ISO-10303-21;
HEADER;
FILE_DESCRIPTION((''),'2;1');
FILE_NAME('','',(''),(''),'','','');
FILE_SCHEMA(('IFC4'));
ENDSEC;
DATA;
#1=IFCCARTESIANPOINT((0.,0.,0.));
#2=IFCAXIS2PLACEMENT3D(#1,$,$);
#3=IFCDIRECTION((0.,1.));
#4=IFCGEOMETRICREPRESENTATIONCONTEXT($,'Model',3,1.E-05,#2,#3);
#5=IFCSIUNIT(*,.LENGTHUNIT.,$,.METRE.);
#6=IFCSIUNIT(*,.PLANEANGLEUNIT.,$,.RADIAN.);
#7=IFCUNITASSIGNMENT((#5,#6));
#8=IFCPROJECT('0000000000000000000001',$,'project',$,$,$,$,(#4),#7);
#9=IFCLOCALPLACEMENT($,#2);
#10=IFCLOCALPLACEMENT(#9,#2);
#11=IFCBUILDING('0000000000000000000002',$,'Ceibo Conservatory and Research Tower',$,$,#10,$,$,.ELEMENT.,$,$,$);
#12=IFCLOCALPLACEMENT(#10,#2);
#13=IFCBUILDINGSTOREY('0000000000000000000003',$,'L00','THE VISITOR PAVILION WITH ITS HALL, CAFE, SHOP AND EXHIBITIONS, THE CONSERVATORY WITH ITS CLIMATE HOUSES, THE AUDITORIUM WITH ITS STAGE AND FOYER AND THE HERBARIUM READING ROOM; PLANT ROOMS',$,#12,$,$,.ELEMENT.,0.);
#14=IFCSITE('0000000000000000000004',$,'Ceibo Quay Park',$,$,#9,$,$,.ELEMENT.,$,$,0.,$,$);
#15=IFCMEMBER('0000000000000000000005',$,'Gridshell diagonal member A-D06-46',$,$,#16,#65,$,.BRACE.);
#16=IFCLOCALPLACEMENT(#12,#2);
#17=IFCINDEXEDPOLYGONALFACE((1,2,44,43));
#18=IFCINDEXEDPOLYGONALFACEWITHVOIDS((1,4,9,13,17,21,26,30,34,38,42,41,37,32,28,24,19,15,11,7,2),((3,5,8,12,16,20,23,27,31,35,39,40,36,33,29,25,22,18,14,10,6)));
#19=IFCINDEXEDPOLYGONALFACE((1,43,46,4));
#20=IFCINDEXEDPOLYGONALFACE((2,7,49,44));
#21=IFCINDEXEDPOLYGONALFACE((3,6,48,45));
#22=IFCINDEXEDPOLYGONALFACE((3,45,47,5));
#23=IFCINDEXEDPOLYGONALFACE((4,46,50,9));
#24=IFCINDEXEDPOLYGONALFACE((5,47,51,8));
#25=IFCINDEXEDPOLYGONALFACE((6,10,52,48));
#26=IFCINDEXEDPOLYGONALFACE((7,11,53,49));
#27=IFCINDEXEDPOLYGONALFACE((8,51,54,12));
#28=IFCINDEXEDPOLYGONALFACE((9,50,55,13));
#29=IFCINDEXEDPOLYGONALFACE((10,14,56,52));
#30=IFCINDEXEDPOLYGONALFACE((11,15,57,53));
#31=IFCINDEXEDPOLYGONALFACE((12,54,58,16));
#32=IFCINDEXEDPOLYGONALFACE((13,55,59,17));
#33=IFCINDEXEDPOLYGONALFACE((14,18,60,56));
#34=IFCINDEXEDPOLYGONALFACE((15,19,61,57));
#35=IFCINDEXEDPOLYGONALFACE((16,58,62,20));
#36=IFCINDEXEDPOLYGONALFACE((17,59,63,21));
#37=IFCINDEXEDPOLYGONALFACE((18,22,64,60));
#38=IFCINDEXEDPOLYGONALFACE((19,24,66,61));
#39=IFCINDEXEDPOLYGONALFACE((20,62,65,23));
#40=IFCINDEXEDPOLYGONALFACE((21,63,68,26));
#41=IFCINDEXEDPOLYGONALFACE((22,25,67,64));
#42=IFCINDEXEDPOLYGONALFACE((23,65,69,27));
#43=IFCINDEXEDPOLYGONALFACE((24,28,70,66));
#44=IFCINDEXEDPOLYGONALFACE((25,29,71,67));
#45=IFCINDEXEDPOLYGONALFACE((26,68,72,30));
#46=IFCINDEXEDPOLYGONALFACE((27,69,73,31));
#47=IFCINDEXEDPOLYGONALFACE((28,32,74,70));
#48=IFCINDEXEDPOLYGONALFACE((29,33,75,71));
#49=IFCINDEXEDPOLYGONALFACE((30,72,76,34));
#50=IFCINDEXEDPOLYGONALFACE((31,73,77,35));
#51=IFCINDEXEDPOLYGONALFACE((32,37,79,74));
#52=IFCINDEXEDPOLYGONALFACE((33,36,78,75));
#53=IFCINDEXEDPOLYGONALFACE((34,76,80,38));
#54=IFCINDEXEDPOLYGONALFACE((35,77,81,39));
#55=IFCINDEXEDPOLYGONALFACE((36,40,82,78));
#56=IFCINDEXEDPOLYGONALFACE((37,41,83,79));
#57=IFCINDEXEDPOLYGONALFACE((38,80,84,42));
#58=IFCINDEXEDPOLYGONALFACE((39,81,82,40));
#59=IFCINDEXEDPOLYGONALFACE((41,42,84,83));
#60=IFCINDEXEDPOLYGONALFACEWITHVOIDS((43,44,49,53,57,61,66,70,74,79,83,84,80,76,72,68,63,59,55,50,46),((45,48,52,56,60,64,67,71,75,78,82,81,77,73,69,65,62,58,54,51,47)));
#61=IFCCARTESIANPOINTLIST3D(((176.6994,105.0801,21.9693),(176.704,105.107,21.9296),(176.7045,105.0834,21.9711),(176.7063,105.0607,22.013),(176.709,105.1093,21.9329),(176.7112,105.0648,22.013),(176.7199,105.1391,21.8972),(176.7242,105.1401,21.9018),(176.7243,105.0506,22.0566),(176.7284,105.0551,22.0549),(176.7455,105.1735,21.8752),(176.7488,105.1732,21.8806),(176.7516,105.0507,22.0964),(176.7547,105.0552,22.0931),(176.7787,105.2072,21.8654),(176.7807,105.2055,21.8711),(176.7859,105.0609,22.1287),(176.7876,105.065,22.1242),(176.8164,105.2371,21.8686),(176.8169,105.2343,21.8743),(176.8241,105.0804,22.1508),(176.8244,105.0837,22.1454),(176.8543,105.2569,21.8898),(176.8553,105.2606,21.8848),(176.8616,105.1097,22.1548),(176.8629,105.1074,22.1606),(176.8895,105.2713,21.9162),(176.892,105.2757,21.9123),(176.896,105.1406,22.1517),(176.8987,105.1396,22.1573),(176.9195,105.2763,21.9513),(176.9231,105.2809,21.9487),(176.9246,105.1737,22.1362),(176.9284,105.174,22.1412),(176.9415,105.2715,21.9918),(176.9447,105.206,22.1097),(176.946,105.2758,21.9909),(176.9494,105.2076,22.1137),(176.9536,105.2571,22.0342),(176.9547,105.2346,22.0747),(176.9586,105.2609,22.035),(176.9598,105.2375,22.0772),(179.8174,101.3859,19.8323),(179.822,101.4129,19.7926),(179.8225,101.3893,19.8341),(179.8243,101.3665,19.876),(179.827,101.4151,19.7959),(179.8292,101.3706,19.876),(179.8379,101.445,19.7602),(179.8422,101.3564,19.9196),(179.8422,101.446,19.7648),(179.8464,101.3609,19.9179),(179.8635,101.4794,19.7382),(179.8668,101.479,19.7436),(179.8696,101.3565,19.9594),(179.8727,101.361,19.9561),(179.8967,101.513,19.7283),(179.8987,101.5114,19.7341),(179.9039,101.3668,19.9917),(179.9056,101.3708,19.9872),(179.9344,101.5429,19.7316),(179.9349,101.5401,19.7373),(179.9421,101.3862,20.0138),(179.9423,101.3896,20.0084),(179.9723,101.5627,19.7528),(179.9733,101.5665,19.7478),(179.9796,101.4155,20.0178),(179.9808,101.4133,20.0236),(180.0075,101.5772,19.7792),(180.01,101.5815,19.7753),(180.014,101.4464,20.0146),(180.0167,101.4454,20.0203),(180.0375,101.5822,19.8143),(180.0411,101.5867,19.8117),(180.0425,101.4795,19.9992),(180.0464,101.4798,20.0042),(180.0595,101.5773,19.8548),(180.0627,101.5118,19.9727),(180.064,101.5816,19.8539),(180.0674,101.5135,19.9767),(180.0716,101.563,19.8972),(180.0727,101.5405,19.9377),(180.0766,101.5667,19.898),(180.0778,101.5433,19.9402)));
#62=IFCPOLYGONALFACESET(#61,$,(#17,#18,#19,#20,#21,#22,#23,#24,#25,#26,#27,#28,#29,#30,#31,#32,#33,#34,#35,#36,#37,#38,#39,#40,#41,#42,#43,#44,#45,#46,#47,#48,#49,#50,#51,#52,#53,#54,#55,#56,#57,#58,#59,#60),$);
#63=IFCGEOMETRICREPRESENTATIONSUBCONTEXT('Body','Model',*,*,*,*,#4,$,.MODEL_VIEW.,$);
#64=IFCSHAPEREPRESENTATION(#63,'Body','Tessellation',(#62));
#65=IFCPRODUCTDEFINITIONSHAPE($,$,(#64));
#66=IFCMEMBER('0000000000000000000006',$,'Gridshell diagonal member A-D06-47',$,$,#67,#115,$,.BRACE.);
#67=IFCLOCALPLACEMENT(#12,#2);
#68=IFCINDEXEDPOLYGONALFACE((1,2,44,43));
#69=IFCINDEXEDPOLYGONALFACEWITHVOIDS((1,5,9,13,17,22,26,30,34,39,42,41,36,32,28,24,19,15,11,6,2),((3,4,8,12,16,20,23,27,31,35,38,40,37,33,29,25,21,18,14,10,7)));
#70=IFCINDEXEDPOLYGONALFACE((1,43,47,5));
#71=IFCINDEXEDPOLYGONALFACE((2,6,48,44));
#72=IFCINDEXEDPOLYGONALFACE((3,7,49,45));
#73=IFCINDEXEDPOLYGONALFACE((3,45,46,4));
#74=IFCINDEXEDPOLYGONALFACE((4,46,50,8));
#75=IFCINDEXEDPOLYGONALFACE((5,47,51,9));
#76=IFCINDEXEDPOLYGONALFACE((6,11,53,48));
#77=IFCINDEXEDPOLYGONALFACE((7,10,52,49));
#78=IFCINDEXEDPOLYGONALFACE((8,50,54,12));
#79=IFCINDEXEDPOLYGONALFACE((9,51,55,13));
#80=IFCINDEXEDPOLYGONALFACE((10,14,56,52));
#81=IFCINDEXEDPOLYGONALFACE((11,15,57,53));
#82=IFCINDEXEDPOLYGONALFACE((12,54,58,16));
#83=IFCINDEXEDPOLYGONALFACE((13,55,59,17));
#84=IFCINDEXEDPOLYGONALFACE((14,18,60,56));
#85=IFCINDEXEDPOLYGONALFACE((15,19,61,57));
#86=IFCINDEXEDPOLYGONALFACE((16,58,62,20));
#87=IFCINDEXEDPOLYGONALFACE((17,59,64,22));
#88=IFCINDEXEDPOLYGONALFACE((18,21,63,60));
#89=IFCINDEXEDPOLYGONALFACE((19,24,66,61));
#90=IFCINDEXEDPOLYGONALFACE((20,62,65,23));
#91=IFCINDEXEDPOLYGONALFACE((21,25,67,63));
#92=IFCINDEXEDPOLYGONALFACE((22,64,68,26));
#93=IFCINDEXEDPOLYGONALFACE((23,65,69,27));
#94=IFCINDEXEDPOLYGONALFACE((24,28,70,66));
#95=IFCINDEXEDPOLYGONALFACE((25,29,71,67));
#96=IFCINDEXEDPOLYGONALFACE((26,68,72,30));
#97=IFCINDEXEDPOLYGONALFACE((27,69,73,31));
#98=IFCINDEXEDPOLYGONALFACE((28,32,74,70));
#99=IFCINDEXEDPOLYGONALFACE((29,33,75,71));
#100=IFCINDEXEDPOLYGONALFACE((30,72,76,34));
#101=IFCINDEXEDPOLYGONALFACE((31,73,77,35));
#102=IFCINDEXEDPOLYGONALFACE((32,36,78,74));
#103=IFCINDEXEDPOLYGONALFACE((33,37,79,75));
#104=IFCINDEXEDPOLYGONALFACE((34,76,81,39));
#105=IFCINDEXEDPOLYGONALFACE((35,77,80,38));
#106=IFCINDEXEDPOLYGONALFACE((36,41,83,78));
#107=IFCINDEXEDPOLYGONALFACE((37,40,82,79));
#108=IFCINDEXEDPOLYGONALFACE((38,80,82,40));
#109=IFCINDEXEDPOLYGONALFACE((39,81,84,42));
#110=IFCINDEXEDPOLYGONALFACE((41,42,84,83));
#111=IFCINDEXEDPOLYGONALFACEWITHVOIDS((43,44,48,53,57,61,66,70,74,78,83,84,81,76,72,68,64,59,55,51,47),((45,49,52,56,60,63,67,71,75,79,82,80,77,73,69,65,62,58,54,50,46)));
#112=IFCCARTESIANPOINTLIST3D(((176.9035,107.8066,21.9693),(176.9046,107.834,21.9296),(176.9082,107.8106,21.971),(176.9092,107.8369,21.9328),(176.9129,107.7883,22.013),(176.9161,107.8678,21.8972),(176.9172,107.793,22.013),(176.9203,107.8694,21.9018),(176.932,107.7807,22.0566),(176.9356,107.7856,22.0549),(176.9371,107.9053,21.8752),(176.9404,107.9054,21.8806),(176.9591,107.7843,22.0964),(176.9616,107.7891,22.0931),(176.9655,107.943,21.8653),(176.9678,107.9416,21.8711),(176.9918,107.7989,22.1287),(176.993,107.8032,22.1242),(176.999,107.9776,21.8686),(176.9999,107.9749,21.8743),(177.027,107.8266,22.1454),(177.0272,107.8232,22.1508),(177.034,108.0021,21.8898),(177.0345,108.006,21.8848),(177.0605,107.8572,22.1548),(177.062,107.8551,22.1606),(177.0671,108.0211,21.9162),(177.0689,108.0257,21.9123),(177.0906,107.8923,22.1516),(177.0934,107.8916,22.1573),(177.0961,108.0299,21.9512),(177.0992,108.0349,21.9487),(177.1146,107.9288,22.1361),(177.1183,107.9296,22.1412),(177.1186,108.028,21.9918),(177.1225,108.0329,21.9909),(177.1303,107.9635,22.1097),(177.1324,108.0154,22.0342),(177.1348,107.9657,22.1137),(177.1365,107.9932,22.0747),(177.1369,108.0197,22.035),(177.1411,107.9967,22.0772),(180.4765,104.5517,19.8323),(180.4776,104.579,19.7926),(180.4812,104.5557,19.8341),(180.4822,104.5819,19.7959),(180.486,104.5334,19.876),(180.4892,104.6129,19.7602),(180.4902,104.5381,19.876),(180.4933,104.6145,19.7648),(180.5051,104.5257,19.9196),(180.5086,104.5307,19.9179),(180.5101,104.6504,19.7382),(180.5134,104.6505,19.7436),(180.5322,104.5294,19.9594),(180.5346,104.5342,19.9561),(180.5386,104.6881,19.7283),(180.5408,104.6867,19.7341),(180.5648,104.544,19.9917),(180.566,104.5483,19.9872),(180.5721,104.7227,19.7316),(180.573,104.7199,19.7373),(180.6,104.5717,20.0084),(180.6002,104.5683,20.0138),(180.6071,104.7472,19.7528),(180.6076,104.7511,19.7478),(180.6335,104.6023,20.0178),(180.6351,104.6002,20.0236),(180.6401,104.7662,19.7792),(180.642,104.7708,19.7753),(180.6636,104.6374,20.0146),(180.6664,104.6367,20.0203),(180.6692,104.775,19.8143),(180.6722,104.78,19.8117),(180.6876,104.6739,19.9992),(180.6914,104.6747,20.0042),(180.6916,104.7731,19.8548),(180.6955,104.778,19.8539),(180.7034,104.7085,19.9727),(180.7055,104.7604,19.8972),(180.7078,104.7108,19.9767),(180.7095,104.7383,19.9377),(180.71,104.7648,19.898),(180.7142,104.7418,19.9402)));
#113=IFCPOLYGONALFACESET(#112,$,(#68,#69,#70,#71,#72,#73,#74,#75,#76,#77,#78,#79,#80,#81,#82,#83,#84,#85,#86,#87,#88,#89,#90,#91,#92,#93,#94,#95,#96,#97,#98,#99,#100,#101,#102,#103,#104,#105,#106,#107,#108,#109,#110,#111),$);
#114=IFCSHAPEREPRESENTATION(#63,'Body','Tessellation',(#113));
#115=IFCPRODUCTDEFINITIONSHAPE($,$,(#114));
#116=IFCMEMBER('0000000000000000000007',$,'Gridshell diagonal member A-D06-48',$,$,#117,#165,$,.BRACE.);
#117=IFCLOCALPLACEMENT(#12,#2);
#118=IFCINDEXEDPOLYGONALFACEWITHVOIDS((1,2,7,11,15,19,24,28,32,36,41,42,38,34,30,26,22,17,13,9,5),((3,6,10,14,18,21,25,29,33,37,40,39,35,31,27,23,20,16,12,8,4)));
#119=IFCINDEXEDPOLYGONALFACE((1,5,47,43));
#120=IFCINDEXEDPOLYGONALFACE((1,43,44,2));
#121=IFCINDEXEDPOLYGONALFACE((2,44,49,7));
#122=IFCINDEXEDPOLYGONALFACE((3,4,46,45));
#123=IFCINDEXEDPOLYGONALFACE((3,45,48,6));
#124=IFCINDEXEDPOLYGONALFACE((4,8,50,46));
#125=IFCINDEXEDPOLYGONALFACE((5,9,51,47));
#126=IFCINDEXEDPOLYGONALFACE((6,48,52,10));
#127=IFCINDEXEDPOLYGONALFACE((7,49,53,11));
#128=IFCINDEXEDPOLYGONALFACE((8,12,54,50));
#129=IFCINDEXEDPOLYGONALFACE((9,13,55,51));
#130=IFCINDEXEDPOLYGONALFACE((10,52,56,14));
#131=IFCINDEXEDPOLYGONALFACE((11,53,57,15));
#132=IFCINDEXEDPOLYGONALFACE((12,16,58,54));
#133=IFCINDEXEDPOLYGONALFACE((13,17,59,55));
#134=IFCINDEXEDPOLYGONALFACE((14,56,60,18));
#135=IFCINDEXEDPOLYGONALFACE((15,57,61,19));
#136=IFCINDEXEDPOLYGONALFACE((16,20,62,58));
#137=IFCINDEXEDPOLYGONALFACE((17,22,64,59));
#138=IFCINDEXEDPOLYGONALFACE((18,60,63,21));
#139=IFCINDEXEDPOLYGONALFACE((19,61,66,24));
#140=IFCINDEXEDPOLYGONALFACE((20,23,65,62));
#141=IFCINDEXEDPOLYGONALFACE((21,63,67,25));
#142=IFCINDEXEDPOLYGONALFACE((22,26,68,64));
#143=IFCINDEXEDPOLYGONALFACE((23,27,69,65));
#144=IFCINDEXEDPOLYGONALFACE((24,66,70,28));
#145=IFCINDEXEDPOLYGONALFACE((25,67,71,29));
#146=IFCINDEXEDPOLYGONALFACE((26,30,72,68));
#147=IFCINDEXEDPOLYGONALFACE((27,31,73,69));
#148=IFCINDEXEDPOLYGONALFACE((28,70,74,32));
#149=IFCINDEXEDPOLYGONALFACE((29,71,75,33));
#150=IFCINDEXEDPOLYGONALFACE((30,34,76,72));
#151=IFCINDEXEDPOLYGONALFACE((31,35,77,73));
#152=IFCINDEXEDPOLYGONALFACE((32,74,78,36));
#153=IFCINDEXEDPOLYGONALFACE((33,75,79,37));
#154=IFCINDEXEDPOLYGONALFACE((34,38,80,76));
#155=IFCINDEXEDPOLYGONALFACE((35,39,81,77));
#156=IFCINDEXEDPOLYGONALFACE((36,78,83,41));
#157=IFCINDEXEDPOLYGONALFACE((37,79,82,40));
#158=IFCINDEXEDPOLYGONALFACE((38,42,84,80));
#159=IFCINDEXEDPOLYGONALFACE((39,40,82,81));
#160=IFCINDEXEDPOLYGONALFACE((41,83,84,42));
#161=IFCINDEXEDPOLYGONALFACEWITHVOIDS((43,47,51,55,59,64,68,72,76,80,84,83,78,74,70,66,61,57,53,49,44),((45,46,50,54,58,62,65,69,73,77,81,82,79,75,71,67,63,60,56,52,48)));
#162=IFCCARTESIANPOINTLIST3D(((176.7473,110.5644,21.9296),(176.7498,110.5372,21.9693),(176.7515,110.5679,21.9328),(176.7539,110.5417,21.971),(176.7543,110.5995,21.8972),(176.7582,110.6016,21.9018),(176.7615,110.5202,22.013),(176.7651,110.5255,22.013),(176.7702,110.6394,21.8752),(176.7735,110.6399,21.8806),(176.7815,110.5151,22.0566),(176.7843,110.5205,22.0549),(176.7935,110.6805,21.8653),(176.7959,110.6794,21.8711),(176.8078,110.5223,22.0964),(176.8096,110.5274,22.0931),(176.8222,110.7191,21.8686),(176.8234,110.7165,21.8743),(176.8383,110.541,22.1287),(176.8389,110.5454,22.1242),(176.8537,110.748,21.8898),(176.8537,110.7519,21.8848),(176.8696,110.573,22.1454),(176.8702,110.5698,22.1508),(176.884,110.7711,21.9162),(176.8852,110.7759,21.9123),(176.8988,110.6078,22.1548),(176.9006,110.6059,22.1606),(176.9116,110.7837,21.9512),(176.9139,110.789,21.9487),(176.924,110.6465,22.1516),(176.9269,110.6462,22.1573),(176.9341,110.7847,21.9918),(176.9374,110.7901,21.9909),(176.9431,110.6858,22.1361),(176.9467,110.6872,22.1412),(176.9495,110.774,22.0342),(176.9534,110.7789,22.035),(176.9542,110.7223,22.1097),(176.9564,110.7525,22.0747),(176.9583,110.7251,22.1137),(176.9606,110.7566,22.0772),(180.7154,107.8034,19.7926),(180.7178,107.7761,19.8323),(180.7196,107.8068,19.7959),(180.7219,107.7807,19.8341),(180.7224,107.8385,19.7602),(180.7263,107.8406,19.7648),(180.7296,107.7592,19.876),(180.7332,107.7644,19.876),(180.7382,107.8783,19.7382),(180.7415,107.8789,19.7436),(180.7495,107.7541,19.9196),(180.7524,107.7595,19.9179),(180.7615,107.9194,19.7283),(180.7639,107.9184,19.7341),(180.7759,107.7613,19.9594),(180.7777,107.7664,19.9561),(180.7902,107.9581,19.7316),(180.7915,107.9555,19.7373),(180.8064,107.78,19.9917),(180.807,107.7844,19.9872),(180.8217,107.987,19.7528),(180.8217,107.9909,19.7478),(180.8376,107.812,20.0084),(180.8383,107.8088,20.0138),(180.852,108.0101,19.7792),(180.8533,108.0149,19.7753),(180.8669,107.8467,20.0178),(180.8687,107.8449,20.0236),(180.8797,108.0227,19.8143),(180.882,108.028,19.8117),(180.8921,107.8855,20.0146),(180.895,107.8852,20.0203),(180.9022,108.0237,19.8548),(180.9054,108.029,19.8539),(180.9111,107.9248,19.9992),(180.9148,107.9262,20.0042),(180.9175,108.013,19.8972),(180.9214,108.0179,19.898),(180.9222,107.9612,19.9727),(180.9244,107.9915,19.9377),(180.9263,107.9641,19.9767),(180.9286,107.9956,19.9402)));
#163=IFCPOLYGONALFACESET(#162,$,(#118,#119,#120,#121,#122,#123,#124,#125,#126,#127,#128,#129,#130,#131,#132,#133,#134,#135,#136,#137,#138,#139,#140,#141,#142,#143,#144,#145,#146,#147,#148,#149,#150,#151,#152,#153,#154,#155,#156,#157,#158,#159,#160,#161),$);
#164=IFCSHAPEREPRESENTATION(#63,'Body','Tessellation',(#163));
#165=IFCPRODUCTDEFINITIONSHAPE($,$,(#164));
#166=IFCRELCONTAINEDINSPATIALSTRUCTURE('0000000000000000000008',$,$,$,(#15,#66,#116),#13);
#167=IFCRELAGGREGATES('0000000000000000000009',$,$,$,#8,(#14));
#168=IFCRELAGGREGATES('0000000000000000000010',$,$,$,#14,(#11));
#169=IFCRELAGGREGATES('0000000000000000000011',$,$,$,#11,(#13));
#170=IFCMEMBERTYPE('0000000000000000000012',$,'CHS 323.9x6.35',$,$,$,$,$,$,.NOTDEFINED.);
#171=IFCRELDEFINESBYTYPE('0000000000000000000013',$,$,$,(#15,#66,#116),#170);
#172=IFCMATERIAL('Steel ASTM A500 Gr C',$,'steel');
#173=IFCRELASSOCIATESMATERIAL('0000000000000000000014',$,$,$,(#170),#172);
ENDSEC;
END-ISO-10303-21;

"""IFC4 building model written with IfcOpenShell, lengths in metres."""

from ifc_helpers import new_model, si_unit, direction, frame, origin, origin_2d, place, context, subcontext, project, spatial, hollow_circle, extrude, material, material_profile, profile_set, type_object, element, save


model = new_model("IFC4")

# Units and contexts
model_context = context("Model", 3, precision=1e-05, world=origin(), true_north=direction((0.0, 1.0)))
body_context = subcontext(model_context, "Body", "Model", "MODEL_VIEW")
ifc_project = project(units=[si_unit("LENGTHUNIT", "METRE"), si_unit("PLANEANGLEUNIT", "RADIAN")], contexts=[model_context])

# Site, building, storey
site_placement = place(None, origin())
site = spatial("IfcSite", under=ifc_project, at=site_placement, Name="Ceibo Quay Park", CompositionType="ELEMENT", RefElevation=0.0)
building_placement = place(site_placement, origin())
building = spatial("IfcBuilding", under=site, at=building_placement, Name="Ceibo Conservatory and Research Tower", CompositionType="ELEMENT")
storey_placement = place(building_placement, origin())
storey = spatial("IfcBuildingStorey", under=building, at=storey_placement, Name="L00", Description="THE VISITOR PAVILION WITH ITS HALL, CAFE, SHOP AND EXHIBITIONS, THE CONSERVATORY WITH ITS CLIMATE HOUSES, THE AUDITORIUM WITH ITS STAGE AND FOYER AND THE HERBARIUM READING ROOM; PLANT ROOMS", CompositionType="ELEMENT", Elevation=0.0)

# Members
ifc_material_1 = material(Name="Steel ASTM A500 Gr C", Category="steel")
ifc_material_profile_1 = material_profile(ifc_material_1, hollow_circle(Radius=0.1619, WallThickness=0.0063, at=origin_2d()), Name="CHS 323.9x6.35")
ifc_profile_set_1 = profile_set([ifc_material_profile_1], Name="Steel ASTM A500 Gr C")
member_type_1 = type_object("IfcMemberType", Name="CHS 323.9x6.35", PredefinedType="NOTDEFINED", material=ifc_profile_set_1)
member_1_placement = place(storey_placement, frame((179.948, 101.4709, 19.876), z_axis=(-0.589923, 0.698938, 0.404322), x_axis=(-0.764186, -0.644995, 0.0)))
element("IfcMember", 1, at=member_1_placement, inside=storey, type_object=member_type_1, Name="Gridshell diagonal member A-D06-46", PredefinedType="BRACE", context=body_context, shape_type="SweptSolid", body=[
    extrude(hollow_circle(Radius=0.1619, WallThickness=0.0063, at=origin_2d()), origin(), (0.0, 0.0, 1.0), 5.2854),
])
member_2_placement = place(storey_placement, frame((180.595, 104.6531, 19.876), z_axis=(-0.676113, 0.615916, 0.404374), x_axis=(-0.673432, -0.739249, 0.0)))
element("IfcMember", 2, at=member_2_placement, inside=storey, type_object=member_type_1, Name="Gridshell diagonal member A-D06-47", PredefinedType="BRACE", context=body_context, shape_type="SweptSolid", body=[
    extrude(hollow_circle(Radius=0.1619, WallThickness=0.0063, at=origin_2d()), origin(), (0.0, 0.0, 1.0), 5.2847),
])
member_3_placement = place(storey_placement, frame((180.822, 107.8921, 19.876), z_axis=(-0.750759, 0.522386, 0.404319), x_axis=(-0.571152, -0.820844, 0.0)))
element("IfcMember", 3, at=member_3_placement, inside=storey, type_object=member_type_1, Name="Gridshell diagonal member A-D06-48", PredefinedType="BRACE", context=body_context, shape_type="SweptSolid", body=[
    extrude(hollow_circle(Radius=0.1619, WallThickness=0.0063, at=origin_2d()), origin(), (0.0, 0.0, 1.0), 5.2854),
])

save(model, "model.ifc")
